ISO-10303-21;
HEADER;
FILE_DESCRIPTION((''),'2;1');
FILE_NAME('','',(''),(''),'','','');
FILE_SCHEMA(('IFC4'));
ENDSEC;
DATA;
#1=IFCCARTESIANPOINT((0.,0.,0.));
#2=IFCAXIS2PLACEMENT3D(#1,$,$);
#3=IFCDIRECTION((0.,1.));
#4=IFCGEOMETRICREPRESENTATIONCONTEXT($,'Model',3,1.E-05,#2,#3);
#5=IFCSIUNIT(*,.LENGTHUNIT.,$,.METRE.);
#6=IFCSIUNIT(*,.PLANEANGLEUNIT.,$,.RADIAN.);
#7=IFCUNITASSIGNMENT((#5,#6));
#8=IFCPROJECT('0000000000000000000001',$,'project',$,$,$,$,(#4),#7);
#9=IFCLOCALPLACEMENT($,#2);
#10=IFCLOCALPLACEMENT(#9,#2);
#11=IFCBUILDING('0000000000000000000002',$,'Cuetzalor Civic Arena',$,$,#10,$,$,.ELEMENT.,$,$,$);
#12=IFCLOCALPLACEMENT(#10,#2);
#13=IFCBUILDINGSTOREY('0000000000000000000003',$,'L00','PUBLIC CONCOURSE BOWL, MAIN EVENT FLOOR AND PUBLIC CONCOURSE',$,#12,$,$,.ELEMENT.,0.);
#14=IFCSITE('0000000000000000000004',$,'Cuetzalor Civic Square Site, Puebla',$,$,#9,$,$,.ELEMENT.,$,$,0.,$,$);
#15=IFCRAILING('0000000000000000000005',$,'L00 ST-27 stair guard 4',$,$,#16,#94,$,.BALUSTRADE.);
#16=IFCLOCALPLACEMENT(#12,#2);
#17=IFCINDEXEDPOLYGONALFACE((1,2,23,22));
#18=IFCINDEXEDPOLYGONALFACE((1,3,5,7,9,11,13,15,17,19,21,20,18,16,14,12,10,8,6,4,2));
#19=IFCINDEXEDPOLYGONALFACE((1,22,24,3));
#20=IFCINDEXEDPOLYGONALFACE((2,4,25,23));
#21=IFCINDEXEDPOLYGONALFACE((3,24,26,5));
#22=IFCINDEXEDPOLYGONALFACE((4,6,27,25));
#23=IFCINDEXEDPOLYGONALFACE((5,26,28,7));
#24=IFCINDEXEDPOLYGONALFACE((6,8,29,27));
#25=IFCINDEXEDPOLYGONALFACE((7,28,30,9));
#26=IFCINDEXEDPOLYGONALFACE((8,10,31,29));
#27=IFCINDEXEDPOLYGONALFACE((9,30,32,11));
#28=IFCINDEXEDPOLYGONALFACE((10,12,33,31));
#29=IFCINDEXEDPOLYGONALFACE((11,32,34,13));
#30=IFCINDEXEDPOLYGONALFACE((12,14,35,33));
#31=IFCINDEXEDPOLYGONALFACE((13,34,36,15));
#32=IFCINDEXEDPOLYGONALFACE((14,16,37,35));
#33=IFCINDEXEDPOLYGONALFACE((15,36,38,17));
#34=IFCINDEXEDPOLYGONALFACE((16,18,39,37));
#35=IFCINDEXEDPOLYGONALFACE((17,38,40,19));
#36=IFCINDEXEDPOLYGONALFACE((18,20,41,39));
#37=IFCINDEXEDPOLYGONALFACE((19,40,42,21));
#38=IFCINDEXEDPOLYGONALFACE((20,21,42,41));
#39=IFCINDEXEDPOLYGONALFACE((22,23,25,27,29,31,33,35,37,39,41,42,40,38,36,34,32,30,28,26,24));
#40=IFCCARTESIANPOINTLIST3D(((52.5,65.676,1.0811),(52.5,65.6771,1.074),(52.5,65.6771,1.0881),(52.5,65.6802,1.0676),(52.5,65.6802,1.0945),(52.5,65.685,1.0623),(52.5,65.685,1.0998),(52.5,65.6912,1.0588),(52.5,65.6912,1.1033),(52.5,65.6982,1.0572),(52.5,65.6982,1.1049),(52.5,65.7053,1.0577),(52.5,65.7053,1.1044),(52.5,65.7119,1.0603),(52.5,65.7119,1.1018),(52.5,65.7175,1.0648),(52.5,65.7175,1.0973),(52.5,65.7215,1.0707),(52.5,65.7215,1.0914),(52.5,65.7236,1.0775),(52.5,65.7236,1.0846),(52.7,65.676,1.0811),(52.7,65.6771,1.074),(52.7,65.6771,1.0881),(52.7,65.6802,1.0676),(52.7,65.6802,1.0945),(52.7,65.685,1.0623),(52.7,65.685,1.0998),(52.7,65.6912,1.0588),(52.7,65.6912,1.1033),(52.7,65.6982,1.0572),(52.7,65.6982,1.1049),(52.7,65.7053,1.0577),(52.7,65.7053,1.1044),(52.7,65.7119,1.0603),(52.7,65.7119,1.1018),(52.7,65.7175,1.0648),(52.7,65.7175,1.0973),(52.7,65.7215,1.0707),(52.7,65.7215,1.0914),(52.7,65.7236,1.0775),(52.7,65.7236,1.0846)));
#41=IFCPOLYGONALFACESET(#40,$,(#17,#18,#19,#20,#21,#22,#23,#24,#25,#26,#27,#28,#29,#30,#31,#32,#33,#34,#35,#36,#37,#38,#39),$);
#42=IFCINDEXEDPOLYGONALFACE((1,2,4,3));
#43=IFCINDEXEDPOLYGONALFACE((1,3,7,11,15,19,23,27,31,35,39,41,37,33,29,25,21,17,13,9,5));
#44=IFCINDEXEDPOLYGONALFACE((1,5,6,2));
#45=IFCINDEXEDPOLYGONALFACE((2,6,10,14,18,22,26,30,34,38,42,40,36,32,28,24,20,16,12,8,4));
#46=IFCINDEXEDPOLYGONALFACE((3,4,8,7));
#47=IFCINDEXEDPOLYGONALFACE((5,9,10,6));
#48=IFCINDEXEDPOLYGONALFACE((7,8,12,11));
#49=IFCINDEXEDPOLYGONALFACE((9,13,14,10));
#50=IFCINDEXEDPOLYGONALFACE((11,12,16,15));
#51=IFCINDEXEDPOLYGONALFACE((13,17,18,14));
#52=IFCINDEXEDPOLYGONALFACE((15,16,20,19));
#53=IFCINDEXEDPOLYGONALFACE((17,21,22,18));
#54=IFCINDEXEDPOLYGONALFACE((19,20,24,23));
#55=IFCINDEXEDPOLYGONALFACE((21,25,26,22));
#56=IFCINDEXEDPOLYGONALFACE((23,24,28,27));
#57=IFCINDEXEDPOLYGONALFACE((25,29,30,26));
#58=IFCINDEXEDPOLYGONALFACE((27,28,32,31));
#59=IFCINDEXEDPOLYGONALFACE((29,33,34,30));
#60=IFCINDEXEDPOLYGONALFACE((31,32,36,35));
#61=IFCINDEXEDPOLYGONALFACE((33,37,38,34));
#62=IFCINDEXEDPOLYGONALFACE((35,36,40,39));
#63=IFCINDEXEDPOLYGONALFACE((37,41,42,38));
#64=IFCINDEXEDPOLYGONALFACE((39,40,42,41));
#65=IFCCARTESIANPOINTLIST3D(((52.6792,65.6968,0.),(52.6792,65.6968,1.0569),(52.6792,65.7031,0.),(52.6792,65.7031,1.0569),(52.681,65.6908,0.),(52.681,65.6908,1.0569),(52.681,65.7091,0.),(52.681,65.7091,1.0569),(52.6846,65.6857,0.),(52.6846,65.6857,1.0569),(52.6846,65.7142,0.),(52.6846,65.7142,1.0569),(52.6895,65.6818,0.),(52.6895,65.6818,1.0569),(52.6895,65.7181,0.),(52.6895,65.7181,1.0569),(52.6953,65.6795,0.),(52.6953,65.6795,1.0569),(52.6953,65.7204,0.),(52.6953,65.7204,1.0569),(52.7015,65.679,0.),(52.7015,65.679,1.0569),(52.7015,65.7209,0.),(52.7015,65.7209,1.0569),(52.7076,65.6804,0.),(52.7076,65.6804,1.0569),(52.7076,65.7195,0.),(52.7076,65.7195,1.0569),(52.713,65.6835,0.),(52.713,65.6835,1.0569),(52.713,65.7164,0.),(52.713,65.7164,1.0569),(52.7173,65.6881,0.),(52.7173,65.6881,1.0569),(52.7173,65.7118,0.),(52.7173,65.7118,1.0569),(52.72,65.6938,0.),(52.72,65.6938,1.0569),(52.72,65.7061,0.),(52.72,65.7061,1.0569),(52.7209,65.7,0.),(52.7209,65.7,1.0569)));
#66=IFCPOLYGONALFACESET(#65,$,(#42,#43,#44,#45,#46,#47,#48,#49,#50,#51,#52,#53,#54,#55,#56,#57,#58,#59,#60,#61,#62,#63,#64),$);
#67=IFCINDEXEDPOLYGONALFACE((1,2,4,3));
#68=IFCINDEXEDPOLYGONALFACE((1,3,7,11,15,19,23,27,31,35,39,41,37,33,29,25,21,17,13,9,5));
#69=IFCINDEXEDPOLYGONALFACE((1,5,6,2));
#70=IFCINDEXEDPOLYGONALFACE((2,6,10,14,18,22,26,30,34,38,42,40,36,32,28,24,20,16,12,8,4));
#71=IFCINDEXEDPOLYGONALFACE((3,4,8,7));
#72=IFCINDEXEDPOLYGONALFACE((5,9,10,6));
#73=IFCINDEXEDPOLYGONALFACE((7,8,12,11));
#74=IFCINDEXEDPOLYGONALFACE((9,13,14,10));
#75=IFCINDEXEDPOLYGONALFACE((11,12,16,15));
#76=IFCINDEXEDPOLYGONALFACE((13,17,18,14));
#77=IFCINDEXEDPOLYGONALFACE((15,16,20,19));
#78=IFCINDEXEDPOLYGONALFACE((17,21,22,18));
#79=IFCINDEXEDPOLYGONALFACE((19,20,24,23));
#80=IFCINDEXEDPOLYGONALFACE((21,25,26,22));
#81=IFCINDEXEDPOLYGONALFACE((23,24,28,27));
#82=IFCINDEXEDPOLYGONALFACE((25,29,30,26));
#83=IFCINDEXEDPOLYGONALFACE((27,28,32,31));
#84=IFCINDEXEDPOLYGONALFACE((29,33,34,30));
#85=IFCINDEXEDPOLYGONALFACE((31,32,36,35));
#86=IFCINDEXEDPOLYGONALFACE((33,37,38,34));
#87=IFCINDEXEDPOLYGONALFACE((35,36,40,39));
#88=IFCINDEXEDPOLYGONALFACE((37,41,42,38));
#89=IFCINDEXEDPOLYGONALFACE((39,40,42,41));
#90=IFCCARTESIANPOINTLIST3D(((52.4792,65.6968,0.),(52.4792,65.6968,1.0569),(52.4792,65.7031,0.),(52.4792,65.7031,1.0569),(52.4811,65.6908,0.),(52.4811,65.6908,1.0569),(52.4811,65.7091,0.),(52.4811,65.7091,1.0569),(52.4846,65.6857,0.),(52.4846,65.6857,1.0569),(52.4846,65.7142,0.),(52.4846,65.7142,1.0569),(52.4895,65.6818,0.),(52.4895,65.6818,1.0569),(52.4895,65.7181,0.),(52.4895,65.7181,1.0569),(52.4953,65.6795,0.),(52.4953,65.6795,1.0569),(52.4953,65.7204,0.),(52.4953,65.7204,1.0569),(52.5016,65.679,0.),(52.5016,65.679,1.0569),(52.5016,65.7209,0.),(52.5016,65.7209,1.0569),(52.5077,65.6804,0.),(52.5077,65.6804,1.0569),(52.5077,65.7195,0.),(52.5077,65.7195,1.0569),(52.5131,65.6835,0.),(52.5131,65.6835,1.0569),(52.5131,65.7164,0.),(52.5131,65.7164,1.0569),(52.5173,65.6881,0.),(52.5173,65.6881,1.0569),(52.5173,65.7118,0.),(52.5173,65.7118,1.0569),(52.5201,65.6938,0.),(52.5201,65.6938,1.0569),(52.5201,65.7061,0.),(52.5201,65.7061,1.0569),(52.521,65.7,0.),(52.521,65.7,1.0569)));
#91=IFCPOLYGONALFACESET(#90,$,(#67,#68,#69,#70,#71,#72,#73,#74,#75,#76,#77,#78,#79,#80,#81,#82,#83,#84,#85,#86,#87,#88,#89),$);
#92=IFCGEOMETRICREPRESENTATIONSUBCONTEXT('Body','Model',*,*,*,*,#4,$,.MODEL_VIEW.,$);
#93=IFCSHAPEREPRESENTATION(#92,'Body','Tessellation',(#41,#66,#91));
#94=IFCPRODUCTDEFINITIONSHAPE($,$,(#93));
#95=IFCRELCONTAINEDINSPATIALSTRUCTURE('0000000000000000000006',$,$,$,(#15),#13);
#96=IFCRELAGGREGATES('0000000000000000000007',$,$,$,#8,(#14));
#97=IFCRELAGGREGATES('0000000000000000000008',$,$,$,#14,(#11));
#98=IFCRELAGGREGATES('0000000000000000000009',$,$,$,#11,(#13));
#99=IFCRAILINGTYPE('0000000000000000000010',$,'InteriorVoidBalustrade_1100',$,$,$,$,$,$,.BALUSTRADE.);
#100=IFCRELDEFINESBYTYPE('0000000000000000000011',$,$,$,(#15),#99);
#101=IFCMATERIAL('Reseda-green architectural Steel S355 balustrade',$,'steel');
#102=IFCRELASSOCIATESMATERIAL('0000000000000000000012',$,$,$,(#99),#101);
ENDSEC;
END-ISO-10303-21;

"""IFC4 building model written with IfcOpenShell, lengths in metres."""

from ifc_helpers import new_model, si_unit, direction, frame, origin, origin_2d, place, context, subcontext, project, spatial, circle, extrude, material, type_object, element, save


model = new_model("IFC4")

# Units and contexts
model_context = context("Model", 3, precision=1e-05, world=origin(), true_north=direction((0.0, 1.0)))
body_context = subcontext(model_context, "Body", "Model", "MODEL_VIEW")
ifc_project = project(units=[si_unit("LENGTHUNIT", "METRE"), si_unit("PLANEANGLEUNIT", "RADIAN")], contexts=[model_context])

# Site, building, storey
site_placement = place(None, origin())
site = spatial("IfcSite", under=ifc_project, at=site_placement, Name="Cuetzalor Civic Square Site, Puebla", CompositionType="ELEMENT", RefElevation=0.0)
building_placement = place(site_placement, origin())
building = spatial("IfcBuilding", under=site, at=building_placement, Name="Cuetzalor Civic Arena", CompositionType="ELEMENT")
storey_placement = place(building_placement, origin())
storey = spatial("IfcBuildingStorey", under=building, at=storey_placement, Name="L00", Description="PUBLIC CONCOURSE BOWL, MAIN EVENT FLOOR AND PUBLIC CONCOURSE", CompositionType="ELEMENT", Elevation=0.0)

# Railing
ifc_material_1 = material(Name="Reseda-green architectural Steel S355 balustrade", Category="steel")
railing_type_1 = type_object("IfcRailingType", Name="InteriorVoidBalustrade_1100", PredefinedType="BALUSTRADE", material=ifc_material_1)
railing_1_placement = place(storey_placement, frame((52.7, 65.7, 0.0)))
element("IfcRailing", 1, at=railing_1_placement, inside=storey, type_object=railing_type_1, Name="L00 ST-27 stair guard 4", PredefinedType="BALUSTRADE", context=body_context, shape_type="SweptSolid", body=[
    extrude(circle(Radius=0.0239, at=origin_2d()), frame((0.0, 0.0, 1.0811), z_axis=(-1.0, 0.0, 0.0), x_axis=(0.0, -1.0, 0.0)), (0.0, 0.0, 1.0), 0.2),
    extrude(circle(Radius=0.021, at=origin_2d()), origin(), (0.0, 0.0, 1.0), 1.0569),
    extrude(circle(Radius=0.021, at=origin_2d()), frame((-0.2, 0.0, 0.0)), (0.0, 0.0, 1.0), 1.0569),
])

save(model, "model.ifc")
